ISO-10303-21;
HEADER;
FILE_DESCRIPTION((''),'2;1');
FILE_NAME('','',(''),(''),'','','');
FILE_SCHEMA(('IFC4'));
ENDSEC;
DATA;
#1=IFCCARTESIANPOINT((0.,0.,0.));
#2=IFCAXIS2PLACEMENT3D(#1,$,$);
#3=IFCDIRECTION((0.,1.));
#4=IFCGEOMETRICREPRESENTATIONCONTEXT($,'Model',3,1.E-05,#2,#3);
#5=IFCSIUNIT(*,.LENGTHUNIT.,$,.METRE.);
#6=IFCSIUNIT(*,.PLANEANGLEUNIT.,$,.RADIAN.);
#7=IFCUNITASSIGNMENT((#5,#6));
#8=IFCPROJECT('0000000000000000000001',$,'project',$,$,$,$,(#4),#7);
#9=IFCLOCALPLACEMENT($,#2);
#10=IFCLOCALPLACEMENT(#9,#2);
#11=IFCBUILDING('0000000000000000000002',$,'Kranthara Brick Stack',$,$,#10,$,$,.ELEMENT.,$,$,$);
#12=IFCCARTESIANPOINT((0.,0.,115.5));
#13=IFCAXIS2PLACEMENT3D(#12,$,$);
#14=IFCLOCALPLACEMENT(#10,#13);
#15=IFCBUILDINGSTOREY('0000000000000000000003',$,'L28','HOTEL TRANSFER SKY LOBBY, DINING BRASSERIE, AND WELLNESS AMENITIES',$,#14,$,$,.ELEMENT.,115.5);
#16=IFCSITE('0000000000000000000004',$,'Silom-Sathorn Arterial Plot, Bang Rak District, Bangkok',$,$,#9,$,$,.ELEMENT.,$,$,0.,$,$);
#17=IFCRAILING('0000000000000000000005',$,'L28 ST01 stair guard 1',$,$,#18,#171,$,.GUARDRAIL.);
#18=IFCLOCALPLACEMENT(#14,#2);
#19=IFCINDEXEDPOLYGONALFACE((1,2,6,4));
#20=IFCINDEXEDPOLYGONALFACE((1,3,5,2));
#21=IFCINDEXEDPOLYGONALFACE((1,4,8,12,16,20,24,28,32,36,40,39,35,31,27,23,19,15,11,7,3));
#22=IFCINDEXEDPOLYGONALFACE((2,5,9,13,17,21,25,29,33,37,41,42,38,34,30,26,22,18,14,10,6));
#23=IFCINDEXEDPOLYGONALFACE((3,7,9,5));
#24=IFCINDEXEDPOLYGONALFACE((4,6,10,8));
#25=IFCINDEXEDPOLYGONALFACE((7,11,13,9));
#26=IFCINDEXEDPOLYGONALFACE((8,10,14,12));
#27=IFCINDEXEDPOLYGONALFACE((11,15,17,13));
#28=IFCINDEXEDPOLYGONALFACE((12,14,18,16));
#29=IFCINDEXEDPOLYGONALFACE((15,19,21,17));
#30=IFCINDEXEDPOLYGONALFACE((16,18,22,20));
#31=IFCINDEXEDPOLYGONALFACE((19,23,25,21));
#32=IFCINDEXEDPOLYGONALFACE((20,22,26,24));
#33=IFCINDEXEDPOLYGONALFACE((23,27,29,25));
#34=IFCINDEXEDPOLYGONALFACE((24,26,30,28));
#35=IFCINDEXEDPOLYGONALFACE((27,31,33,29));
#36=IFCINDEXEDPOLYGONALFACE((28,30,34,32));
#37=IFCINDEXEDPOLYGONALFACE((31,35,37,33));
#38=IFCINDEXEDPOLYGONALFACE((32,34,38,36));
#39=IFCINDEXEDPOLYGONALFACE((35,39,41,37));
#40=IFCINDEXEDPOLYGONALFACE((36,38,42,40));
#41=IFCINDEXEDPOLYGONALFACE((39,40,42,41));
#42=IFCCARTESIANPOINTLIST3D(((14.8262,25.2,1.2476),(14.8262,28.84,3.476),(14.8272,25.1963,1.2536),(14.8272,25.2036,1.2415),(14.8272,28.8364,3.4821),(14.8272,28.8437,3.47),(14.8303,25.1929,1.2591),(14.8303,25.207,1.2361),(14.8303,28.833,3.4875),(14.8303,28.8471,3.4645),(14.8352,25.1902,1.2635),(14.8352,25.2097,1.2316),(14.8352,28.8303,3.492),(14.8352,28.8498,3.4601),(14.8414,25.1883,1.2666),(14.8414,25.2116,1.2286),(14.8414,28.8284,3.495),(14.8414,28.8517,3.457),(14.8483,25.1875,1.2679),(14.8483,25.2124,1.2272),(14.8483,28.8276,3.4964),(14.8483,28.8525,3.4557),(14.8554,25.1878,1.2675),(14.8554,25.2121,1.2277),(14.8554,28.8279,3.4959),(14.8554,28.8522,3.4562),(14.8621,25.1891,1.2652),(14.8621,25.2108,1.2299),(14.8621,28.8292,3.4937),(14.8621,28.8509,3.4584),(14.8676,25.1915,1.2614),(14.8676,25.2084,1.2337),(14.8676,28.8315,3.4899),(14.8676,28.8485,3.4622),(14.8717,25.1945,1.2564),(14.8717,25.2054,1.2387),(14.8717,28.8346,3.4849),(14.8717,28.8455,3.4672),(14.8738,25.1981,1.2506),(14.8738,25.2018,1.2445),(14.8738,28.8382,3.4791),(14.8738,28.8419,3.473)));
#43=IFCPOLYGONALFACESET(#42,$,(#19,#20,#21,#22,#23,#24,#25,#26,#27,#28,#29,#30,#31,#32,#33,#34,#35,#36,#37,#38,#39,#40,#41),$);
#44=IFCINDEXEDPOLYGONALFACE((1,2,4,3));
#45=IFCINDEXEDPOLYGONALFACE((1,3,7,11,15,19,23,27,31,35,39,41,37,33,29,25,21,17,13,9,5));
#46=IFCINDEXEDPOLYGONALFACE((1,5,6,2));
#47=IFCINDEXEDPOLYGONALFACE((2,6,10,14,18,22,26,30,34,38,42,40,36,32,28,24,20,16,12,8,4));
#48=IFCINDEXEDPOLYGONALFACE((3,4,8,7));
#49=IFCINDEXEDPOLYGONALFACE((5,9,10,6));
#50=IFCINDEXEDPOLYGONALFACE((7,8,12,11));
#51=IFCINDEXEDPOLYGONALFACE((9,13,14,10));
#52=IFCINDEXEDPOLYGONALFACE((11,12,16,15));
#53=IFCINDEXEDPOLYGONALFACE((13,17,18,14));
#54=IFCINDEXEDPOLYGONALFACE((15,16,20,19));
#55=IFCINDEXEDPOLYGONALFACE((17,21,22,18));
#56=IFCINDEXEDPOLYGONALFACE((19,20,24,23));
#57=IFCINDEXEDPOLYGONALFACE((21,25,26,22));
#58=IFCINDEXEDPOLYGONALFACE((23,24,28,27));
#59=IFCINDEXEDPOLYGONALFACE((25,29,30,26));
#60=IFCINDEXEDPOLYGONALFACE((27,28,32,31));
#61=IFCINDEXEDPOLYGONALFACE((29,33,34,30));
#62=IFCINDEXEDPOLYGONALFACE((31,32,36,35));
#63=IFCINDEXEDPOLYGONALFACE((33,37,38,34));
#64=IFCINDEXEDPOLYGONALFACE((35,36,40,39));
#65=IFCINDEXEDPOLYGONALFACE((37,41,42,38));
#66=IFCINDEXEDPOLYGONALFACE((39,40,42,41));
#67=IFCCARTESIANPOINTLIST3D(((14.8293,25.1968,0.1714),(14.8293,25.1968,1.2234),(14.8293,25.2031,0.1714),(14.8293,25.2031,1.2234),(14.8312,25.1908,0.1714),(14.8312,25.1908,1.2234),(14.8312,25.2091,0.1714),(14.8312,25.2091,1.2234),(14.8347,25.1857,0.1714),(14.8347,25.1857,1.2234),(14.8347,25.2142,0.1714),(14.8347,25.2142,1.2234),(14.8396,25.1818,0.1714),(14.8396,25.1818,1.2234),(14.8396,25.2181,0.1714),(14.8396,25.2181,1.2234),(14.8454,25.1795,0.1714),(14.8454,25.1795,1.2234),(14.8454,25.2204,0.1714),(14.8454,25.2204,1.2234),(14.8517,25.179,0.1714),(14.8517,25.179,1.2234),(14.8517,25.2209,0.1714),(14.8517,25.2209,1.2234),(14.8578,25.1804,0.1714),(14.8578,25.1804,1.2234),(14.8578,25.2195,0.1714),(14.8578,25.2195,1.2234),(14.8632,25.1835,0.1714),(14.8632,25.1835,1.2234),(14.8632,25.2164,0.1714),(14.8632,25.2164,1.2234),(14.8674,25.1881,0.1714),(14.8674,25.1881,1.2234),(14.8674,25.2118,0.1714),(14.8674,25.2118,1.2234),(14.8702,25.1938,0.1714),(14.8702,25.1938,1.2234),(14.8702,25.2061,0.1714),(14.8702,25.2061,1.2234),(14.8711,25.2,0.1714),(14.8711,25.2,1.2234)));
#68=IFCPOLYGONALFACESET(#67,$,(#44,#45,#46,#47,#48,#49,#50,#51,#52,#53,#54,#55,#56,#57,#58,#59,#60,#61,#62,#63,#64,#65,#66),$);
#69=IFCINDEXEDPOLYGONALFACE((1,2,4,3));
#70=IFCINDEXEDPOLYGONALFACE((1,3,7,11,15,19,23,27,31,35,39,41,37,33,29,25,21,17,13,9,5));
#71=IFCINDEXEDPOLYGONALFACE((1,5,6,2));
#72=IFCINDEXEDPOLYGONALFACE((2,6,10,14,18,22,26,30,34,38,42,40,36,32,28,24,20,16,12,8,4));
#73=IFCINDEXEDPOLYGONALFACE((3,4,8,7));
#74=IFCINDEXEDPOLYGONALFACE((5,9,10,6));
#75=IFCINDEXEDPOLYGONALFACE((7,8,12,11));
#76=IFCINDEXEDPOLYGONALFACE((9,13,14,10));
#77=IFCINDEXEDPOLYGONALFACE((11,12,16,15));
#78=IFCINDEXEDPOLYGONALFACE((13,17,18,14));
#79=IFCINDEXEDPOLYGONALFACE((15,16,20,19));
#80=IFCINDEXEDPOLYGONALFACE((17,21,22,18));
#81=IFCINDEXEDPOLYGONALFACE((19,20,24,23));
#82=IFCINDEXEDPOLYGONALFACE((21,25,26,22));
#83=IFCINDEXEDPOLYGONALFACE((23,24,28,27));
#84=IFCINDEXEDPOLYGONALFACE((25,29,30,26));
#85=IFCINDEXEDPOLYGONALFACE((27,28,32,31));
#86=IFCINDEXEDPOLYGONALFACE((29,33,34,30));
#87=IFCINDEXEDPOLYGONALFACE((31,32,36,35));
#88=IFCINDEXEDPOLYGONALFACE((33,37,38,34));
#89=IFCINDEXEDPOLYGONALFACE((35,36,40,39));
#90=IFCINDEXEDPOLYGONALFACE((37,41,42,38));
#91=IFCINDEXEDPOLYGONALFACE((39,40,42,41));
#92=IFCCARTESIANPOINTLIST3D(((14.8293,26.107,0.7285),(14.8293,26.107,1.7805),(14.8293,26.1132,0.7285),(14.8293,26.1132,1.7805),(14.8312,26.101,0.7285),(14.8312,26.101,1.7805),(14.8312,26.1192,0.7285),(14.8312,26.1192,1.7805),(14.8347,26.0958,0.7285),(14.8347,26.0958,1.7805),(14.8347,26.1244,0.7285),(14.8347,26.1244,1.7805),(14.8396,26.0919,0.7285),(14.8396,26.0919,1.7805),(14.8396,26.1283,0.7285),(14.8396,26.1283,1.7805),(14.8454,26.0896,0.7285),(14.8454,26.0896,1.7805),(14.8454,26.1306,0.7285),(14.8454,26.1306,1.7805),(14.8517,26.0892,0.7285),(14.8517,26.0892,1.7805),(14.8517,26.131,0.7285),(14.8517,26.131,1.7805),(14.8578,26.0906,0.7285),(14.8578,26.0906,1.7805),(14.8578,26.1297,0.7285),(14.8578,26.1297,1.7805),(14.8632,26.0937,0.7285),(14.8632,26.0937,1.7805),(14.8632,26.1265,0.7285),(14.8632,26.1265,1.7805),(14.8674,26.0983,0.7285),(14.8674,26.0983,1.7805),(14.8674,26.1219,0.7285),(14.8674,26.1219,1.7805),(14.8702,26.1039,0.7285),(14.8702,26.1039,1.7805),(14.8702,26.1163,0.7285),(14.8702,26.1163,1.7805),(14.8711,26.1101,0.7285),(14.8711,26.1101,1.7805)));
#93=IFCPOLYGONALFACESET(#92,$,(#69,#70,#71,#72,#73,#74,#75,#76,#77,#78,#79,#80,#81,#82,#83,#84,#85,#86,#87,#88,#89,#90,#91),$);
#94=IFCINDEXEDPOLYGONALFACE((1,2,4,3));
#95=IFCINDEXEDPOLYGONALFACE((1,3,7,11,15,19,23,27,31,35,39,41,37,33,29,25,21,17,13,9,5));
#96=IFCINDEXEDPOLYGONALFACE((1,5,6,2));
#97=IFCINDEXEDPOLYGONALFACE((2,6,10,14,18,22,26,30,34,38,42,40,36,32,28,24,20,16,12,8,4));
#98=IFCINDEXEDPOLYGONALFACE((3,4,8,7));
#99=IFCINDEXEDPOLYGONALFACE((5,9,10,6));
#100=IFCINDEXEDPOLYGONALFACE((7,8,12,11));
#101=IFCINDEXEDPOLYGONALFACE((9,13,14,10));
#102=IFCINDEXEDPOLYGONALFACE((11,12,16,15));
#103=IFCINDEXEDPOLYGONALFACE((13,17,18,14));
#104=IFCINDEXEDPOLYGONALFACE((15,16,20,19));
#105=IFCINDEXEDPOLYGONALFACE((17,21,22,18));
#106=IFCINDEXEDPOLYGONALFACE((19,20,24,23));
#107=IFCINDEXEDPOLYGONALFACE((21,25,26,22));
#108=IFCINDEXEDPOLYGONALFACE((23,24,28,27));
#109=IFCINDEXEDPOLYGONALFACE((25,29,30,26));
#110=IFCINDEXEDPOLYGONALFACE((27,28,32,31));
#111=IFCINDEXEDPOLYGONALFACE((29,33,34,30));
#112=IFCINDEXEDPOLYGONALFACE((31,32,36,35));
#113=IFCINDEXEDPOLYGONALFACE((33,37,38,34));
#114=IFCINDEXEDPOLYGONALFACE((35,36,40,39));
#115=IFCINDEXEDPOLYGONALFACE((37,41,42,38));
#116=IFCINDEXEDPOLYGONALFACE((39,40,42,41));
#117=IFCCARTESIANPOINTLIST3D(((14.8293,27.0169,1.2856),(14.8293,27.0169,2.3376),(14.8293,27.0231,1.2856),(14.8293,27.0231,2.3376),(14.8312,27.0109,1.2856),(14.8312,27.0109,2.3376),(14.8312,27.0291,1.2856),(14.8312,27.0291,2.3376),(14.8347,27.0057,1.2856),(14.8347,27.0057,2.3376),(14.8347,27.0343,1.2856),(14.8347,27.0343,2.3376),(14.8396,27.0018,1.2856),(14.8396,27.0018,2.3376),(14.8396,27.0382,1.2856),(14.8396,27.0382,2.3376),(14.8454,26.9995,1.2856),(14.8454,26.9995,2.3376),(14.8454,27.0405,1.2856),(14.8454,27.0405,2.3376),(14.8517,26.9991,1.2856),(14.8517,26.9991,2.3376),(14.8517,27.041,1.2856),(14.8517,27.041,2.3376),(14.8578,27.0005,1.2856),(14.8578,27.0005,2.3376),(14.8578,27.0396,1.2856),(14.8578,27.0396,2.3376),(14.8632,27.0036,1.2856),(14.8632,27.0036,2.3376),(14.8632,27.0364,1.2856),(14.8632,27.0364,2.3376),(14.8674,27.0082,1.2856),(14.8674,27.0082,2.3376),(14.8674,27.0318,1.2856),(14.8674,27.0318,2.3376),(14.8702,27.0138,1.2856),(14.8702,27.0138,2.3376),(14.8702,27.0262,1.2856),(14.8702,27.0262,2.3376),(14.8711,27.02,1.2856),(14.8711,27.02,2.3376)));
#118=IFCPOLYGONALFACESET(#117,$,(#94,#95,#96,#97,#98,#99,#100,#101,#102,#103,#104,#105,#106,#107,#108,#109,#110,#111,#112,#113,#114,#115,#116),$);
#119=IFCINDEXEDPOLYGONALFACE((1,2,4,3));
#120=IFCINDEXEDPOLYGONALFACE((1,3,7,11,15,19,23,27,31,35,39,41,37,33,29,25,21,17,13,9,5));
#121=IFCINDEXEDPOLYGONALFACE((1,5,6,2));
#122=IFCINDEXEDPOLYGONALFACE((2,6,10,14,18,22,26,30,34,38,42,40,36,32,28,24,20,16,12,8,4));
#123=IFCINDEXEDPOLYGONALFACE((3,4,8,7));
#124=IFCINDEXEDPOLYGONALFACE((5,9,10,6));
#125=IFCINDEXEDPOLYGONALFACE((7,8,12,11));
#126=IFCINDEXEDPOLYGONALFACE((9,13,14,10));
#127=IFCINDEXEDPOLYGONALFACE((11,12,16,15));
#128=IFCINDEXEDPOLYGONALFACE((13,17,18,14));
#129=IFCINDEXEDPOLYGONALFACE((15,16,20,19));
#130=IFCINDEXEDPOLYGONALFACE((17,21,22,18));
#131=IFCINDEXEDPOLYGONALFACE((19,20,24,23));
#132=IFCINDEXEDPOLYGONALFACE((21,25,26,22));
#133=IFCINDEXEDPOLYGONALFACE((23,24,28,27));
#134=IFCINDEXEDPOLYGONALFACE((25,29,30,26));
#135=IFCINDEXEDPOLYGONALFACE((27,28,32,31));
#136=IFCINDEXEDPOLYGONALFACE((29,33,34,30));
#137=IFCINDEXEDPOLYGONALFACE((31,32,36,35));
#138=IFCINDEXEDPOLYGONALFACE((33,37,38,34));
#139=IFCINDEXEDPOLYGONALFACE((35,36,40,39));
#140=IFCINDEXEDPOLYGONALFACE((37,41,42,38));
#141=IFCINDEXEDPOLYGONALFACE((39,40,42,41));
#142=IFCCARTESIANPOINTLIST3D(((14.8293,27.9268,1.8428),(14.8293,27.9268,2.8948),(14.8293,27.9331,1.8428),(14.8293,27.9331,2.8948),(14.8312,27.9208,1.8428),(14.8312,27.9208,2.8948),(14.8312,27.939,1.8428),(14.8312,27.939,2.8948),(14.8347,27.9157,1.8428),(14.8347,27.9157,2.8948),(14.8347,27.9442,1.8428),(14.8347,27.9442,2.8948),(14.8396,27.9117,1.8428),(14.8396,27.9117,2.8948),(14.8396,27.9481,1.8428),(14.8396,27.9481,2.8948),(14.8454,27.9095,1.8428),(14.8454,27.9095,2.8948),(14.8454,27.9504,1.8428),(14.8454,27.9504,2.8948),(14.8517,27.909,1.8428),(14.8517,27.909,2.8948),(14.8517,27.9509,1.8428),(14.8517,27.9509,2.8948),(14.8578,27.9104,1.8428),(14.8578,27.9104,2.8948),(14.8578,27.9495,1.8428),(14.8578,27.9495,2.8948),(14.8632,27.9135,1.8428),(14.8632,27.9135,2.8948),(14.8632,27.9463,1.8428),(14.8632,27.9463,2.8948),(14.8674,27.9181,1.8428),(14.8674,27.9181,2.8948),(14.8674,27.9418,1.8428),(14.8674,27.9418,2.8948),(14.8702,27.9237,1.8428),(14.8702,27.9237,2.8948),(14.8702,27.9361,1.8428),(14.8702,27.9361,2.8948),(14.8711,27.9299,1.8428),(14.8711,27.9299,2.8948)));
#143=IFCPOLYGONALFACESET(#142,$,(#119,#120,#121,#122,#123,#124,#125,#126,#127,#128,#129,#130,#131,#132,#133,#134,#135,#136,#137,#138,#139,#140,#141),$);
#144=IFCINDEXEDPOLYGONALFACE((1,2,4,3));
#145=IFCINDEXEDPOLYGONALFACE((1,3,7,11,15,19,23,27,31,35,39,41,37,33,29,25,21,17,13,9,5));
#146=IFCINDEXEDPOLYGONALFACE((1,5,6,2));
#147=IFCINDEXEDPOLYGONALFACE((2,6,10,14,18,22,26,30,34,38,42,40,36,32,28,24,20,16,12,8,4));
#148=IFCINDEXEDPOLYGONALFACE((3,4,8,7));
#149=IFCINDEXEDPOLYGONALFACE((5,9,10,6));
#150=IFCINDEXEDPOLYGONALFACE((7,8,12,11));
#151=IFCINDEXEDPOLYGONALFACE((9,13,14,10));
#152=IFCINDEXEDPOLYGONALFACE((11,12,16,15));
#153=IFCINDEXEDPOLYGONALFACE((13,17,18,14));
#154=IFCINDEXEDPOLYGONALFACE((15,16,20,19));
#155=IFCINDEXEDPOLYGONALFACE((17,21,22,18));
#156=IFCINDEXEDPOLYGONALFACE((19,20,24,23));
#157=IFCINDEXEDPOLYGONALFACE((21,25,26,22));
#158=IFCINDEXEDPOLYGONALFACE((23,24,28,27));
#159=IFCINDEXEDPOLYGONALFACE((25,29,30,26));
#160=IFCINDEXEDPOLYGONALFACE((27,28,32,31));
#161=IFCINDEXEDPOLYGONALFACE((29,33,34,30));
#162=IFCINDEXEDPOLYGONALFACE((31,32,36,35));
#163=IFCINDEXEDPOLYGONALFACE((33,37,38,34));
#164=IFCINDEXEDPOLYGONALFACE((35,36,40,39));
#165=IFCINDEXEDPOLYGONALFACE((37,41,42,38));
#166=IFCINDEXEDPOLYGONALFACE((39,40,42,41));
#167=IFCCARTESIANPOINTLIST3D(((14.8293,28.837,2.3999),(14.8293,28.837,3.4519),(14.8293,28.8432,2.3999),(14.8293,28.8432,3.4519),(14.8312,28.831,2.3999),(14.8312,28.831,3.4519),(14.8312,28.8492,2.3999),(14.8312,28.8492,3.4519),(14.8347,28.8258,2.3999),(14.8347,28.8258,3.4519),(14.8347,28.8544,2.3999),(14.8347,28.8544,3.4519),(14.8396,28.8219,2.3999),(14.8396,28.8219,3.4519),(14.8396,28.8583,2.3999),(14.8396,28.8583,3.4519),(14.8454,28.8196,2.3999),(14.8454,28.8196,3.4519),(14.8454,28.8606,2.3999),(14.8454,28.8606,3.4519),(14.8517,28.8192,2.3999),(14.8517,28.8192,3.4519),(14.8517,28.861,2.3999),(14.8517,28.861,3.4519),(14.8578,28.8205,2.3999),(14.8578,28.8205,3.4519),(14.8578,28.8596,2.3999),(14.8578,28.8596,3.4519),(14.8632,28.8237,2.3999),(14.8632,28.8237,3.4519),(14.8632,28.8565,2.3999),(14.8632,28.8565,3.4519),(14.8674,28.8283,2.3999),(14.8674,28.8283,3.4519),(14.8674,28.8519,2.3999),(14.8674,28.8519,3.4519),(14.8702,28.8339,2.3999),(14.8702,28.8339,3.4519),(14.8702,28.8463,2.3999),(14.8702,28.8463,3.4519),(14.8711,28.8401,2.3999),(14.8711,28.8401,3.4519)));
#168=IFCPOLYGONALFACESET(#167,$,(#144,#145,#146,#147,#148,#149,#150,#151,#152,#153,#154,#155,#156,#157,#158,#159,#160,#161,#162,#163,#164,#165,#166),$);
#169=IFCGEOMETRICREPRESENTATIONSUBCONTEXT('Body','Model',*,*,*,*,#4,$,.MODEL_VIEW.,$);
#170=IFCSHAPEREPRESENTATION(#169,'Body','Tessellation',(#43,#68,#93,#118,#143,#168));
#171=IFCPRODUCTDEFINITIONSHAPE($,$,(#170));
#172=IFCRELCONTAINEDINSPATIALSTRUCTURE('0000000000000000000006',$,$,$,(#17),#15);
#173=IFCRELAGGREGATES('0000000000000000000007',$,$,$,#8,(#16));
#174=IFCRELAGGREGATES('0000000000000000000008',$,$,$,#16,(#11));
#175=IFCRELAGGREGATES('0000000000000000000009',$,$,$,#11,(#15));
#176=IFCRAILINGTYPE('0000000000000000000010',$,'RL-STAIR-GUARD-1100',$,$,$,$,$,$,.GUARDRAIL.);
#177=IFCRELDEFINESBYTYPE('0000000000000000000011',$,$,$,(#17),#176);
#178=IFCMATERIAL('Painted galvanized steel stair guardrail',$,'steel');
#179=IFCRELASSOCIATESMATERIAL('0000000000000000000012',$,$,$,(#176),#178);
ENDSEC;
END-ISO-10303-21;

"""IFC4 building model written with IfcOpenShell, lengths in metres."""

from ifc_helpers import new_model, si_unit, direction, frame, origin, origin_2d, place, context, subcontext, project, spatial, circle, extrude, material, type_object, element, save


model = new_model("IFC4")

# Units and contexts
model_context = context("Model", 3, precision=1e-05, world=origin(), true_north=direction((0.0, 1.0)))
body_context = subcontext(model_context, "Body", "Model", "MODEL_VIEW")
ifc_project = project(units=[si_unit("LENGTHUNIT", "METRE"), si_unit("PLANEANGLEUNIT", "RADIAN")], contexts=[model_context])

# Site, building, storey
site_placement = place(None, origin())
site = spatial("IfcSite", under=ifc_project, at=site_placement, Name="Silom-Sathorn Arterial Plot, Bang Rak District, Bangkok", CompositionType="ELEMENT", RefElevation=0.0)
building_placement = place(site_placement, origin())
building = spatial("IfcBuilding", under=site, at=building_placement, Name="Kranthara Brick Stack", CompositionType="ELEMENT")
storey_placement = place(building_placement, frame((0.0, 0.0, 115.5)))
storey = spatial("IfcBuildingStorey", under=building, at=storey_placement, Name="L28", Description="HOTEL TRANSFER SKY LOBBY, DINING BRASSERIE, AND WELLNESS AMENITIES", CompositionType="ELEMENT", Elevation=115.5)

# Railing
ifc_material_1 = material(Name="Painted galvanized steel stair guardrail", Category="steel")
railing_type = type_object("IfcRailingType", Name="RL-STAIR-GUARD-1100", PredefinedType="GUARDRAIL", material=ifc_material_1)
railing_1_placement = place(storey_placement, frame((14.8501, 25.2, 0.1714)))
element("IfcRailing", 1, at=railing_1_placement, inside=storey, type_object=railing_type, Name="L28 ST01 stair guard 1", PredefinedType="GUARDRAIL", context=body_context, shape_type="SweptSolid", body=[
    extrude(circle(Radius=0.0239, at=origin_2d()), frame((0.0, 0.0, 1.0762), z_axis=(0.0, 0.852866, 0.52213), x_axis=(-1.0, 0.0, 0.0)), (0.0, 0.0, 1.0), 4.2681),
    extrude(circle(Radius=0.021, at=origin_2d()), origin(), (0.0, 0.0, 1.0), 1.052),
    extrude(circle(Radius=0.021, at=origin_2d()), frame((0.0, 0.9102, 0.5571)), (0.0, 0.0, 1.0), 1.052),
    extrude(circle(Radius=0.021, at=origin_2d()), frame((0.0, 1.8201, 1.1143)), (0.0, 0.0, 1.0), 1.052),
    extrude(circle(Radius=0.021, at=origin_2d()), frame((0.0, 2.73, 1.6714)), (0.0, 0.0, 1.0), 1.052),
    extrude(circle(Radius=0.021, at=origin_2d()), frame((0.0, 3.6401, 2.2285)), (0.0, 0.0, 1.0), 1.052),
])

save(model, "model.ifc")
